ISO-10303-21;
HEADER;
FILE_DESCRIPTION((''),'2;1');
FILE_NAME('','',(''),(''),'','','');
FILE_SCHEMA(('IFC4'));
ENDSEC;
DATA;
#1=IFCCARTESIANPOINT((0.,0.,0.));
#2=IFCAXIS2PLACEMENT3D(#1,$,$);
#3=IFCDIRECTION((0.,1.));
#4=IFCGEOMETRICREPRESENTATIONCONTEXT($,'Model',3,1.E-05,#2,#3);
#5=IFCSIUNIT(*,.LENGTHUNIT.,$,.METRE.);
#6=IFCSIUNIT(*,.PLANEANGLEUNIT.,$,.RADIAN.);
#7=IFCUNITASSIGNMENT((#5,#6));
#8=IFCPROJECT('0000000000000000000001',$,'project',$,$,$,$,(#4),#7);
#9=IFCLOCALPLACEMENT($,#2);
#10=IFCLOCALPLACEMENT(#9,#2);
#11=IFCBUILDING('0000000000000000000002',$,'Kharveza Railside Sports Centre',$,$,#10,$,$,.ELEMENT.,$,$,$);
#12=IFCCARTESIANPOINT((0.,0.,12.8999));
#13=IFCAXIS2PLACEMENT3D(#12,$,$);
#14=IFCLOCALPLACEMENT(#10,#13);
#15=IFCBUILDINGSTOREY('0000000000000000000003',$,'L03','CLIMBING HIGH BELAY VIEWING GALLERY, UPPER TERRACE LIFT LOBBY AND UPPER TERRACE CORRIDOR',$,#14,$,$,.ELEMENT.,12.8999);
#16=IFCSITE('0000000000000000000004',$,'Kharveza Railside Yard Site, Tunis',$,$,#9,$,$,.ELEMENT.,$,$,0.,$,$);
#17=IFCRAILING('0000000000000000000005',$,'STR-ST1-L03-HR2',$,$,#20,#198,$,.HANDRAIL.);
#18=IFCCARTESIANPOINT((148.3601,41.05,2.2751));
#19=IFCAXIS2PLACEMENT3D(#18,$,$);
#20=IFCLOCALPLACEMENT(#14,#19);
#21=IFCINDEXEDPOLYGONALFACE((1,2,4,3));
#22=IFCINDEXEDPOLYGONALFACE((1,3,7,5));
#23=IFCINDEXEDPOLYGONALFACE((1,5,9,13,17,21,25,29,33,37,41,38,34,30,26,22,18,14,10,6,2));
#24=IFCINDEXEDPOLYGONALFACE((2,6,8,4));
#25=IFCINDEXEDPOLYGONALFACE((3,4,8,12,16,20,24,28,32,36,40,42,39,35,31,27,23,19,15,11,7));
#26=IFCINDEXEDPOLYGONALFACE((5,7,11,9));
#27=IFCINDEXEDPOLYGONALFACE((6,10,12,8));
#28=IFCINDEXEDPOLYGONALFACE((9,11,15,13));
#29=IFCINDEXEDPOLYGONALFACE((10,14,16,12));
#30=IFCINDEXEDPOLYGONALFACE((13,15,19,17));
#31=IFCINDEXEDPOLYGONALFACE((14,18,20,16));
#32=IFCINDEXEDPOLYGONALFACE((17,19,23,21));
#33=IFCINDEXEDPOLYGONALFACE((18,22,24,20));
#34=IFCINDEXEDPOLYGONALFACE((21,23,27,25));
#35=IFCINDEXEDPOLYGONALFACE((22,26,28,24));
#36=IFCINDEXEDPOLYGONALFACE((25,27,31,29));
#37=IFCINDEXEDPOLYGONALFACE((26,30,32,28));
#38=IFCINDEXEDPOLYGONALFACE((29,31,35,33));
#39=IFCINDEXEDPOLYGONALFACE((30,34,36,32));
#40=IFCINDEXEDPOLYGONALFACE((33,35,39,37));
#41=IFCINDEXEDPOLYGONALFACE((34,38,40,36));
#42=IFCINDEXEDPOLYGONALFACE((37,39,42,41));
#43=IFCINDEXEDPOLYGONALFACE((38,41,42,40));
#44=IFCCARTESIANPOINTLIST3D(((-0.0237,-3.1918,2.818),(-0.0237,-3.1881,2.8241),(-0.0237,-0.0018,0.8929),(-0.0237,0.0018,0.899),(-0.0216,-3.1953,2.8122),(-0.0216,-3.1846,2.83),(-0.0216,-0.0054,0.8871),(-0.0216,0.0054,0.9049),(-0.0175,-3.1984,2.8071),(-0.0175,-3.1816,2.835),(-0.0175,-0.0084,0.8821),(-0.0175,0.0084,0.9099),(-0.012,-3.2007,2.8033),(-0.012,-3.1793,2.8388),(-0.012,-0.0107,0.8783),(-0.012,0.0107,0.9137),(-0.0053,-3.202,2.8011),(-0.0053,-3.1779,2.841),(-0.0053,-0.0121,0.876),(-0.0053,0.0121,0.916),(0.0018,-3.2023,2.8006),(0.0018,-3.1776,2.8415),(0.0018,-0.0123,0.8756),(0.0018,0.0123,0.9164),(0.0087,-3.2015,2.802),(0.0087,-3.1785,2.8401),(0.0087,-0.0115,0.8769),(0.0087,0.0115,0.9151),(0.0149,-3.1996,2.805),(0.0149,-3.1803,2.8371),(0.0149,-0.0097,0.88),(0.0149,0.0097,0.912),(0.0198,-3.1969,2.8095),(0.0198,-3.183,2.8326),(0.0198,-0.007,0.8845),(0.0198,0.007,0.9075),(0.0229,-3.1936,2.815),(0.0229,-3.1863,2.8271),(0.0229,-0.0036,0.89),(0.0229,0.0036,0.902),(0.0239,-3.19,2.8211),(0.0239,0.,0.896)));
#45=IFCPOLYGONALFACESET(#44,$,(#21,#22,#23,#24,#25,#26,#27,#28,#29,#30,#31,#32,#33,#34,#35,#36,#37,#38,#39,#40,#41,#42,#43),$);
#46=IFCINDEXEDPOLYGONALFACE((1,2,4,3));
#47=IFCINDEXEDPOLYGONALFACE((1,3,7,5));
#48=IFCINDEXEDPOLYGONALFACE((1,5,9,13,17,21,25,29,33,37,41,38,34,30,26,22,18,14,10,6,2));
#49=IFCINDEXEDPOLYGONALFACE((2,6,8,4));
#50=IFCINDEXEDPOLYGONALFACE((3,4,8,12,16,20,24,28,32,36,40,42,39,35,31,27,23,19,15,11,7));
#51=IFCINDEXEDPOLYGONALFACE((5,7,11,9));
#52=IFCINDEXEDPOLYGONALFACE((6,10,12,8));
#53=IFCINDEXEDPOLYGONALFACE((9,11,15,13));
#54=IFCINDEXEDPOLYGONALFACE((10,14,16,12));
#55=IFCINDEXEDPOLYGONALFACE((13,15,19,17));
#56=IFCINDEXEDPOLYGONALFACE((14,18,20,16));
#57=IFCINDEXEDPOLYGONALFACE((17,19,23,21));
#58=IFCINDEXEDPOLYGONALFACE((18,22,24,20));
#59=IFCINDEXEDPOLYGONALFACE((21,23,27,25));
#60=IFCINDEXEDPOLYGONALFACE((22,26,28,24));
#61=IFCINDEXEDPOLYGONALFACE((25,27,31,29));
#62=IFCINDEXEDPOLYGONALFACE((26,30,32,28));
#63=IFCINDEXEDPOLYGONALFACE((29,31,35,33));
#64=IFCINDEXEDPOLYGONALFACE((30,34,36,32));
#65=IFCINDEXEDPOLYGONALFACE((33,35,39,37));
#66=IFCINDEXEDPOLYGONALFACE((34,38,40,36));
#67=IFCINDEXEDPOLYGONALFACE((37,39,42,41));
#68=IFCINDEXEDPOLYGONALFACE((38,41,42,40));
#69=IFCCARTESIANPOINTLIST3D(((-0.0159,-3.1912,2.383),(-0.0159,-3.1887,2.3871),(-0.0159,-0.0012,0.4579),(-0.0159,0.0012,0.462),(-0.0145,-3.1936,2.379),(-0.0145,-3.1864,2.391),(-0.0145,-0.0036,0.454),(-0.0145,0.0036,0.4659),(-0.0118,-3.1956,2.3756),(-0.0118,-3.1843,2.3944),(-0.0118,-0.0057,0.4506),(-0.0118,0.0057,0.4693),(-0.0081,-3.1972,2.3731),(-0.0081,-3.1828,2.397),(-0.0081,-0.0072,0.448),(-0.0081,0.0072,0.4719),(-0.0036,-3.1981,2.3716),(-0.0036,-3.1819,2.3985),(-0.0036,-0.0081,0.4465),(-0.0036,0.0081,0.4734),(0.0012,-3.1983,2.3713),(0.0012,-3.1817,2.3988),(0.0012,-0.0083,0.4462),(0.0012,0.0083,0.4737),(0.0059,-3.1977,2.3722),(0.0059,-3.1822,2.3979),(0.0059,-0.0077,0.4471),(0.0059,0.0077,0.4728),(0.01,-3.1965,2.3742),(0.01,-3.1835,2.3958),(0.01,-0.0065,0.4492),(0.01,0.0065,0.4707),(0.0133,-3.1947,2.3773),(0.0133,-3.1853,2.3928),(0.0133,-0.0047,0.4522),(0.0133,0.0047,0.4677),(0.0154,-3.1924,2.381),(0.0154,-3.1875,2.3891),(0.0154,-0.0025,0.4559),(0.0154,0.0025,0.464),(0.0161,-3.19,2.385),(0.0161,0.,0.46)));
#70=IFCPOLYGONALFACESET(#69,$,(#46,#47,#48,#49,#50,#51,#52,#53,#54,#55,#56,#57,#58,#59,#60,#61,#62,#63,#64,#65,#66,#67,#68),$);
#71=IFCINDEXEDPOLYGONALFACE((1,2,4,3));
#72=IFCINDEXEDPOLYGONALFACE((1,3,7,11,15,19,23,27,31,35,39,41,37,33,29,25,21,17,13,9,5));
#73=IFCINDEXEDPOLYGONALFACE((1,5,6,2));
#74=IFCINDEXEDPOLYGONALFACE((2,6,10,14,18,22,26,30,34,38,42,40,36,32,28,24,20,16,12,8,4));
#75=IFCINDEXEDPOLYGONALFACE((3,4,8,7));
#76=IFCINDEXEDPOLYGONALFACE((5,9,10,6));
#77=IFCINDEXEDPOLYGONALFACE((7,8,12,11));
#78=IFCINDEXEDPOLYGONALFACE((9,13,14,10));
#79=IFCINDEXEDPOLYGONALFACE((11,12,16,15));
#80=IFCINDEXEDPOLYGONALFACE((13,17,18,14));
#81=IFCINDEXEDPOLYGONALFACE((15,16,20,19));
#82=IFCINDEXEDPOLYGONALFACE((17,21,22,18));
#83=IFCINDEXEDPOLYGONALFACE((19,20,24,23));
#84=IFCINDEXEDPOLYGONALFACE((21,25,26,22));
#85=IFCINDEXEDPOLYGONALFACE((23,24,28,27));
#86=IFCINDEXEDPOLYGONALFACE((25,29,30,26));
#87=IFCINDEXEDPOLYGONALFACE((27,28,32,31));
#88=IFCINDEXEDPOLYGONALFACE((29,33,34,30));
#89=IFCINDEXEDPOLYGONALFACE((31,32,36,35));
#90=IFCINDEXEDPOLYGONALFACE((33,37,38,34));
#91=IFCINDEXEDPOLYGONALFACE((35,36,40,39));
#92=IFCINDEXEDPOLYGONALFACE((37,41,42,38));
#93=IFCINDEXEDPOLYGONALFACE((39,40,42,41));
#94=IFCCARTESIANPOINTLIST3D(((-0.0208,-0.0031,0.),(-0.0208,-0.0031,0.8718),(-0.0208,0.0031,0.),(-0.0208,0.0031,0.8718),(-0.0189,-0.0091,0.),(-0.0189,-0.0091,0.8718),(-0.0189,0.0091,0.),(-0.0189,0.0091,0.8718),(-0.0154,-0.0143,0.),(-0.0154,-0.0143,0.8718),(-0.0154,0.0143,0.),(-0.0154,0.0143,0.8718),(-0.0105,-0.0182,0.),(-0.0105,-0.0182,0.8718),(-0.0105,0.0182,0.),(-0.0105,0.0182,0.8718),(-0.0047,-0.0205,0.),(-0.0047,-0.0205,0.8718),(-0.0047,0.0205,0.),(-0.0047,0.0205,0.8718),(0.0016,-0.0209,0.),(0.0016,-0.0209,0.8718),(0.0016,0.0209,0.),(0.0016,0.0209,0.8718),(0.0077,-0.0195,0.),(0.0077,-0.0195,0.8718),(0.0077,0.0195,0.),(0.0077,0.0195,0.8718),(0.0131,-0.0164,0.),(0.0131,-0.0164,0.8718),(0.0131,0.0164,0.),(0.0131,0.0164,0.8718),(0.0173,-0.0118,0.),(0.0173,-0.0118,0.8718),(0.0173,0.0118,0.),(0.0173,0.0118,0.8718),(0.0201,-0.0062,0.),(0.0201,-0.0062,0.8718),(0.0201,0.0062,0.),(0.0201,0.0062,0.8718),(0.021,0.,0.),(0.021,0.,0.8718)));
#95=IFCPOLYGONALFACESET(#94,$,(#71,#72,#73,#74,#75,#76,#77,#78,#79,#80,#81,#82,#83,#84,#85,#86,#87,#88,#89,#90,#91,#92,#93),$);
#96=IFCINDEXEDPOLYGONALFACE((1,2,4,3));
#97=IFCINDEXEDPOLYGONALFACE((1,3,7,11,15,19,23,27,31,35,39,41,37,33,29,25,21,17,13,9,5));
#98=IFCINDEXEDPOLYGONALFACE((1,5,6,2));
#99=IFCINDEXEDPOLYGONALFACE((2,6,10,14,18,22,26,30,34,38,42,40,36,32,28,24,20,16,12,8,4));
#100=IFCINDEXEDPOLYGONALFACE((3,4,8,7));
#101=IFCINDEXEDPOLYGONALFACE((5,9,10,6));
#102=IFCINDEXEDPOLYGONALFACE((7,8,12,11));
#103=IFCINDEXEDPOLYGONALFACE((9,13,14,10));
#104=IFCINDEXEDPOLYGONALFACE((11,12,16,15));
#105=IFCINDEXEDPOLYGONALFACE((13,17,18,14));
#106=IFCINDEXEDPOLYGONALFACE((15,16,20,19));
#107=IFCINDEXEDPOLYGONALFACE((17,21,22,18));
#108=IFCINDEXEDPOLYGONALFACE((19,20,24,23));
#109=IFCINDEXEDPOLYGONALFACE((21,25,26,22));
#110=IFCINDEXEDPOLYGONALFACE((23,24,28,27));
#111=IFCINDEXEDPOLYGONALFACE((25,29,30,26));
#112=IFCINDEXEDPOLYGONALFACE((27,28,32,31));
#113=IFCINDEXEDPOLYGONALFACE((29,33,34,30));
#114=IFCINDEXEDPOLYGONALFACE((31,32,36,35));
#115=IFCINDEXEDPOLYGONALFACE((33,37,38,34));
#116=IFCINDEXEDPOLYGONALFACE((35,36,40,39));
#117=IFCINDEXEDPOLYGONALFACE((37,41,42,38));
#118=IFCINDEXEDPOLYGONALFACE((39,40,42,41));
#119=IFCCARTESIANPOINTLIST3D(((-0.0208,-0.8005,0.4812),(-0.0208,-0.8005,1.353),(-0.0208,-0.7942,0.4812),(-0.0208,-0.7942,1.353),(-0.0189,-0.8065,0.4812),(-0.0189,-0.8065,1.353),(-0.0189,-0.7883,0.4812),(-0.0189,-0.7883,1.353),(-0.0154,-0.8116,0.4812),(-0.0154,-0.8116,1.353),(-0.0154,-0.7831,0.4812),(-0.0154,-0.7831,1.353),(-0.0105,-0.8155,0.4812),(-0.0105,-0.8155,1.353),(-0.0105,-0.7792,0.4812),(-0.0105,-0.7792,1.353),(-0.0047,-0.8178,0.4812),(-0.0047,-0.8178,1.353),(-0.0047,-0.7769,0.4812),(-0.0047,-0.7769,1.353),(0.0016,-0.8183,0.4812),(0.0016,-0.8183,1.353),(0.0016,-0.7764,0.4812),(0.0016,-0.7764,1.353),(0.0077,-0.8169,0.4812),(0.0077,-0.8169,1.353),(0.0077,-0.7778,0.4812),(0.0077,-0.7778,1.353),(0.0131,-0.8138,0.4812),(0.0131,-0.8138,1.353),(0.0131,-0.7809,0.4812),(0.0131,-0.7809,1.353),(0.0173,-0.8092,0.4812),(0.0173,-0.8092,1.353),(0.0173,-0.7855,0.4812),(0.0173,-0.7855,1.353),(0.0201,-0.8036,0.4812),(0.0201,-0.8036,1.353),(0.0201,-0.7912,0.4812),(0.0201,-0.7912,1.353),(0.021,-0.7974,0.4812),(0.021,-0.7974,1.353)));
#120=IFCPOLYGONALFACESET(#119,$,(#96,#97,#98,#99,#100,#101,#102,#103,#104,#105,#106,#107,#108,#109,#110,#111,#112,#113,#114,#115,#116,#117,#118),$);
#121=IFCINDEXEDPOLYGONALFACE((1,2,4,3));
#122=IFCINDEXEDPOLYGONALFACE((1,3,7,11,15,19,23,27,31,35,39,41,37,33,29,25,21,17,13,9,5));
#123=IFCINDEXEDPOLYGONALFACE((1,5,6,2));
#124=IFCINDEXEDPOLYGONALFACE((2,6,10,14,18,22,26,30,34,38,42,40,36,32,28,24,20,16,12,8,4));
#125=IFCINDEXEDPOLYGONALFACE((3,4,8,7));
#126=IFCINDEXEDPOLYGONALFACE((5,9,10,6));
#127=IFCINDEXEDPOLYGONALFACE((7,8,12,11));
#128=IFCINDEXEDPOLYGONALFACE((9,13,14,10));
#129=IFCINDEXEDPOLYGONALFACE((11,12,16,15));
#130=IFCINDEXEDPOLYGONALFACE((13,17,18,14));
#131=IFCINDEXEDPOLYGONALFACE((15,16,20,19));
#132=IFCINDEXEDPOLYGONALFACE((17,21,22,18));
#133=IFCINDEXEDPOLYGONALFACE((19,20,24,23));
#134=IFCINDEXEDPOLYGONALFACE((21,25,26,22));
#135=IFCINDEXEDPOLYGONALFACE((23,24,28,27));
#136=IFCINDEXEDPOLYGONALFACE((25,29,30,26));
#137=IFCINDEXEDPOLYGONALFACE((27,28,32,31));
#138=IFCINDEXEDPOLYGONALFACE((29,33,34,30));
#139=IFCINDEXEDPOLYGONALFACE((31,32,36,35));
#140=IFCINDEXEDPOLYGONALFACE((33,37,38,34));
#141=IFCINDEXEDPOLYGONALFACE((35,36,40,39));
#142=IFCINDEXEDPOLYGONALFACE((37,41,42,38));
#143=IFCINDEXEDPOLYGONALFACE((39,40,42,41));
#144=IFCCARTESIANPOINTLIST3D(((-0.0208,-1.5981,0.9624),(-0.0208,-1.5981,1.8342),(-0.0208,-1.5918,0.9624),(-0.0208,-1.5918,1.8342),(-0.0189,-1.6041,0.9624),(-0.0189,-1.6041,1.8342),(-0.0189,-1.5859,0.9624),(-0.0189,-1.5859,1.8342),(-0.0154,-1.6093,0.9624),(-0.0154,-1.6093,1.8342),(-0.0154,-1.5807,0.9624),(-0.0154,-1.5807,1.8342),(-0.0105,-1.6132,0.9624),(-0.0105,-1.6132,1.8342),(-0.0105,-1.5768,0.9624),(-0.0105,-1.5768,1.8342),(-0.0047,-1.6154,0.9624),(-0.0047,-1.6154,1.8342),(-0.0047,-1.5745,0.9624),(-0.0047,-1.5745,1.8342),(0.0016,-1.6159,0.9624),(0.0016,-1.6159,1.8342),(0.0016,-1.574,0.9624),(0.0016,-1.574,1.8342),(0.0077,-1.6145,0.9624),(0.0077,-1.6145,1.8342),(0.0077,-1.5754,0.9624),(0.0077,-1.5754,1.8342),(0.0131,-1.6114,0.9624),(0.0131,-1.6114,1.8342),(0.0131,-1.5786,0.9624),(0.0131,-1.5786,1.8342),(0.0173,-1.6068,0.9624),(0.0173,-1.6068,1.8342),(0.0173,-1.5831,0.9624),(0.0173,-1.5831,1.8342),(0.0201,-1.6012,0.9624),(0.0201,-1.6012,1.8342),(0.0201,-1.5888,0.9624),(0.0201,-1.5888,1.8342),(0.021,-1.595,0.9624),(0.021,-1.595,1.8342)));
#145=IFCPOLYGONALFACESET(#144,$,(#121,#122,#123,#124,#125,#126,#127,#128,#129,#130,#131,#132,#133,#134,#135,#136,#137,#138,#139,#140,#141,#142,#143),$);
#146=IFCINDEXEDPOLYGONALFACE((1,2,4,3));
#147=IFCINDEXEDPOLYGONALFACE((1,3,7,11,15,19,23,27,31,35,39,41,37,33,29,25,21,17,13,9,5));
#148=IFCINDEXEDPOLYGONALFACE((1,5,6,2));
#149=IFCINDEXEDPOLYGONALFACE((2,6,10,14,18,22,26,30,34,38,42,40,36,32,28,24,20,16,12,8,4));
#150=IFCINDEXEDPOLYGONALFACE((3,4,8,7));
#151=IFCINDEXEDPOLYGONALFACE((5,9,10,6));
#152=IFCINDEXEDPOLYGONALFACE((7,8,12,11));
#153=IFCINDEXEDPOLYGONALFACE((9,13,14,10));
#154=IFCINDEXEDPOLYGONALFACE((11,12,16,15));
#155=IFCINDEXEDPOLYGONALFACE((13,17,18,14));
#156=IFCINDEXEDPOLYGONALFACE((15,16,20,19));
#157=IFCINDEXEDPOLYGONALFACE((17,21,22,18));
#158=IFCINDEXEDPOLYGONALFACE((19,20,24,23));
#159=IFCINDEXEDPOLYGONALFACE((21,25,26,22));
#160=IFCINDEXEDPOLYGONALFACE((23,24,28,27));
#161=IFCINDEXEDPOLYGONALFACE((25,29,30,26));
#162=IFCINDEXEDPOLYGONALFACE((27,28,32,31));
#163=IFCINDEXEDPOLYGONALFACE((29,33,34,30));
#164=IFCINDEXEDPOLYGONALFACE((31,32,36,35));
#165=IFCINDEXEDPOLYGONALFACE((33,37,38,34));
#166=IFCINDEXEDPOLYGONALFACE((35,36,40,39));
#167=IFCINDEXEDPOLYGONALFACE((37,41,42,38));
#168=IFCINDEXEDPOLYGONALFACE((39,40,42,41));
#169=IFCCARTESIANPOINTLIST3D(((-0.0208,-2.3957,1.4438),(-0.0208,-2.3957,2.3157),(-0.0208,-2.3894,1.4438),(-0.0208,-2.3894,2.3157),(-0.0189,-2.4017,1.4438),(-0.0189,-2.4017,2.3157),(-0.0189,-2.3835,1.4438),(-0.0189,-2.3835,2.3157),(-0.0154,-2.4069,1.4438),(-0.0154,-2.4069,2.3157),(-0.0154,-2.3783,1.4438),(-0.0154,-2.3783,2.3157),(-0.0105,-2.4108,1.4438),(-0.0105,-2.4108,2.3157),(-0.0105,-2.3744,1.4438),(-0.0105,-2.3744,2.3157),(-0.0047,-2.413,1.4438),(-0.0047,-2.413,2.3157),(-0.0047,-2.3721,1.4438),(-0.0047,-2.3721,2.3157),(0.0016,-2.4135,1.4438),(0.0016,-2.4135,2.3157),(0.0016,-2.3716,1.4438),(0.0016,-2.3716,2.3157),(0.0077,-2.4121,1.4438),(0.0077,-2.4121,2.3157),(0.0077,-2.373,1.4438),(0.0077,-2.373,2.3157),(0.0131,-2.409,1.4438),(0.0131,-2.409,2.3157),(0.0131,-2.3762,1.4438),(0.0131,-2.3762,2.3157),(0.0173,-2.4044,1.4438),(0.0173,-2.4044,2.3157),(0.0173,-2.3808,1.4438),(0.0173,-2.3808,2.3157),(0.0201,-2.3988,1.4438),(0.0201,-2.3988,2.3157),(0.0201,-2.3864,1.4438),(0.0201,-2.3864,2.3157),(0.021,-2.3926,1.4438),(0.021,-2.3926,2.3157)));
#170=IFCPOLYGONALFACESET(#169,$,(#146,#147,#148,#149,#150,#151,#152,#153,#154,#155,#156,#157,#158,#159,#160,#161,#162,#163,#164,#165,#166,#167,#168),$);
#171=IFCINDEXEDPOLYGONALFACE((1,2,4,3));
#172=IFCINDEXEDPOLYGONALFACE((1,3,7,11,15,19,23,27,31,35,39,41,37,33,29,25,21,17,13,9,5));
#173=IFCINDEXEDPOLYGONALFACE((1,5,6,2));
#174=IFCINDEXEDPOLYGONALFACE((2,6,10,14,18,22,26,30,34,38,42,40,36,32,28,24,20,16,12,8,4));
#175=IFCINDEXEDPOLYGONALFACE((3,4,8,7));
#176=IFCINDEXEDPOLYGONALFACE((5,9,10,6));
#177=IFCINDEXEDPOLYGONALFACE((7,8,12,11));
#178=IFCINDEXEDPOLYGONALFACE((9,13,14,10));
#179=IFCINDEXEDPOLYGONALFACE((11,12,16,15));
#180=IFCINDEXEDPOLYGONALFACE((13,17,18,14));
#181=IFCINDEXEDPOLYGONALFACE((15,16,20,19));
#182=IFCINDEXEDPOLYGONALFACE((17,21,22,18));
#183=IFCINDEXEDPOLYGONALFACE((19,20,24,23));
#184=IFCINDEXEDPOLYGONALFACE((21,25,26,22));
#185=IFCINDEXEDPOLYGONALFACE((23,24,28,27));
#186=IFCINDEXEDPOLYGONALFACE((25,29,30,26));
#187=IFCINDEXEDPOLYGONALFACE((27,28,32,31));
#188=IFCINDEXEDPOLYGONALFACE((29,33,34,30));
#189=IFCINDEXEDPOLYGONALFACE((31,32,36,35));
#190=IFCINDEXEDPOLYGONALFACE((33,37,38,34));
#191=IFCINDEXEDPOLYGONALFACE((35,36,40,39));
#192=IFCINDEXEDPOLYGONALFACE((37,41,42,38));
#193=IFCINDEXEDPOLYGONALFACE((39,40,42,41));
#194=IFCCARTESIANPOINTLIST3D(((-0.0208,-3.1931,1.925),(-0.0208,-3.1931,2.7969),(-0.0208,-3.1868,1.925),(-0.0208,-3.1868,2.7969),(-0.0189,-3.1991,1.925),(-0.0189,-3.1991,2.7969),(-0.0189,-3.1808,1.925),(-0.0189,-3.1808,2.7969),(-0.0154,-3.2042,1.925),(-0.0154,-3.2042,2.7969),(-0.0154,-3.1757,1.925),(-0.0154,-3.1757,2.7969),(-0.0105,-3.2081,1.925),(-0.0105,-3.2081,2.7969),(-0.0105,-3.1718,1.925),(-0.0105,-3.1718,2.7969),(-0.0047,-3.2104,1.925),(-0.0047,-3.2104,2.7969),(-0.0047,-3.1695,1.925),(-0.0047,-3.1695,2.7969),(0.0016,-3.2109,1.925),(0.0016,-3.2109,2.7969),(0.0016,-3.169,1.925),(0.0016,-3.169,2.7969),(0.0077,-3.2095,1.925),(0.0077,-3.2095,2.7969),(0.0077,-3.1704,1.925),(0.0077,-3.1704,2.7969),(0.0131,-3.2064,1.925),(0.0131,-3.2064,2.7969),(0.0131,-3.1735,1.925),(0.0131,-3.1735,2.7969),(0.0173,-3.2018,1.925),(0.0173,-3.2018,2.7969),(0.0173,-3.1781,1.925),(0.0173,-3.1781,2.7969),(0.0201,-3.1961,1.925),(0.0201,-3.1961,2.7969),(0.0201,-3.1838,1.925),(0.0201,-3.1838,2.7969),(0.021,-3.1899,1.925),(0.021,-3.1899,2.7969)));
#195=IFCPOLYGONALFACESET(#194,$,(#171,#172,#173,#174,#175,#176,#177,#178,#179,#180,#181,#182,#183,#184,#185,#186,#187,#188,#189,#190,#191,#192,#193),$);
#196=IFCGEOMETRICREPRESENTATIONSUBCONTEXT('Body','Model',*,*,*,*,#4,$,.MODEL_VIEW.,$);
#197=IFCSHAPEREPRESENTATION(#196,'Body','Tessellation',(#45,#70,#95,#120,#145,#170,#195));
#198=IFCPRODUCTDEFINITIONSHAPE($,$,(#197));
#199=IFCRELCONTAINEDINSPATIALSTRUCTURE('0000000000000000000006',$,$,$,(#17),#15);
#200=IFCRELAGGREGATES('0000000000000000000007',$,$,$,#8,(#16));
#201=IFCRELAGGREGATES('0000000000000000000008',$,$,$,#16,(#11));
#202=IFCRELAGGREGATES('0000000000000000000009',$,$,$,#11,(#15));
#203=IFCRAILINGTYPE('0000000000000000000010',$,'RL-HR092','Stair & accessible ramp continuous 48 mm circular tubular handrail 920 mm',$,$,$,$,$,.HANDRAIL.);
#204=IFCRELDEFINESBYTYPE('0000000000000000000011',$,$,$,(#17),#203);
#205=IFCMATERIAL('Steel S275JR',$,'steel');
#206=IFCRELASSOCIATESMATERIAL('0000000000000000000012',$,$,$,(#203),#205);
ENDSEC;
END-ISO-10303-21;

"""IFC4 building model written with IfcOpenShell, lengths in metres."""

from ifc_helpers import new_model, si_unit, direction, frame, origin, origin_2d, place, context, subcontext, project, spatial, circle, extrude, material, type_object, element, save


model = new_model("IFC4")

# Units and contexts
model_context = context("Model", 3, precision=1e-05, world=origin(), true_north=direction((0.0, 1.0)))
body_context = subcontext(model_context, "Body", "Model", "MODEL_VIEW")
ifc_project = project(units=[si_unit("LENGTHUNIT", "METRE"), si_unit("PLANEANGLEUNIT", "RADIAN")], contexts=[model_context])

# Site, building, storey
site_placement = place(None, origin())
site = spatial("IfcSite", under=ifc_project, at=site_placement, Name="Kharveza Railside Yard Site, Tunis", CompositionType="ELEMENT", RefElevation=0.0)
building_placement = place(site_placement, origin())
building = spatial("IfcBuilding", under=site, at=building_placement, Name="Kharveza Railside Sports Centre", CompositionType="ELEMENT")
storey_placement = place(building_placement, frame((0.0, 0.0, 12.8999)))
storey = spatial("IfcBuildingStorey", under=building, at=storey_placement, Name="L03", Description="CLIMBING HIGH BELAY VIEWING GALLERY, UPPER TERRACE LIFT LOBBY AND UPPER TERRACE CORRIDOR", CompositionType="ELEMENT", Elevation=12.8999)

# Railing
ifc_material_1 = material(Name="Steel S275JR", Category="steel")
railing_type_1 = type_object("IfcRailingType", Name="RL-HR092", Description="Stair & accessible ramp continuous 48 mm circular tubular handrail 920 mm", PredefinedType="HANDRAIL", material=ifc_material_1)
railing_1_placement = place(storey_placement, frame((148.3601, 41.05, 2.2751)))
element("IfcRailing", 1, at=railing_1_placement, inside=storey, type_object=railing_type_1, Name="STR-ST1-L03-HR2", PredefinedType="HANDRAIL", context=body_context, shape_type="SweptSolid", body=[
    extrude(circle(Radius=0.0239, at=origin_2d()), frame((0.0, 0.0, 0.896), z_axis=(0.0, -0.856178, 0.516682), x_axis=(1.0, 0.0, 0.0)), (0.0, 0.0, 1.0), 3.7258),
    extrude(circle(Radius=0.0161, at=origin_2d()), frame((0.0, 0.0, 0.46), z_axis=(0.0, -0.856178, 0.516682), x_axis=(1.0, 0.0, 0.0)), (0.0, 0.0, 1.0), 3.7258),
    extrude(circle(Radius=0.021, at=origin_2d()), origin(), (0.0, 0.0, 1.0), 0.8718),
    extrude(circle(Radius=0.021, at=origin_2d()), frame((0.0, -0.7974, 0.4812)), (0.0, 0.0, 1.0), 0.8718),
    extrude(circle(Radius=0.021, at=origin_2d()), frame((0.0, -1.595, 0.9624)), (0.0, 0.0, 1.0), 0.8718),
    extrude(circle(Radius=0.021, at=origin_2d()), frame((0.0, -2.3926, 1.4438)), (0.0, 0.0, 1.0), 0.8718),
    extrude(circle(Radius=0.021, at=origin_2d()), frame((0.0, -3.1899, 1.925)), (0.0, 0.0, 1.0), 0.8718),
])

save(model, "model.ifc")
